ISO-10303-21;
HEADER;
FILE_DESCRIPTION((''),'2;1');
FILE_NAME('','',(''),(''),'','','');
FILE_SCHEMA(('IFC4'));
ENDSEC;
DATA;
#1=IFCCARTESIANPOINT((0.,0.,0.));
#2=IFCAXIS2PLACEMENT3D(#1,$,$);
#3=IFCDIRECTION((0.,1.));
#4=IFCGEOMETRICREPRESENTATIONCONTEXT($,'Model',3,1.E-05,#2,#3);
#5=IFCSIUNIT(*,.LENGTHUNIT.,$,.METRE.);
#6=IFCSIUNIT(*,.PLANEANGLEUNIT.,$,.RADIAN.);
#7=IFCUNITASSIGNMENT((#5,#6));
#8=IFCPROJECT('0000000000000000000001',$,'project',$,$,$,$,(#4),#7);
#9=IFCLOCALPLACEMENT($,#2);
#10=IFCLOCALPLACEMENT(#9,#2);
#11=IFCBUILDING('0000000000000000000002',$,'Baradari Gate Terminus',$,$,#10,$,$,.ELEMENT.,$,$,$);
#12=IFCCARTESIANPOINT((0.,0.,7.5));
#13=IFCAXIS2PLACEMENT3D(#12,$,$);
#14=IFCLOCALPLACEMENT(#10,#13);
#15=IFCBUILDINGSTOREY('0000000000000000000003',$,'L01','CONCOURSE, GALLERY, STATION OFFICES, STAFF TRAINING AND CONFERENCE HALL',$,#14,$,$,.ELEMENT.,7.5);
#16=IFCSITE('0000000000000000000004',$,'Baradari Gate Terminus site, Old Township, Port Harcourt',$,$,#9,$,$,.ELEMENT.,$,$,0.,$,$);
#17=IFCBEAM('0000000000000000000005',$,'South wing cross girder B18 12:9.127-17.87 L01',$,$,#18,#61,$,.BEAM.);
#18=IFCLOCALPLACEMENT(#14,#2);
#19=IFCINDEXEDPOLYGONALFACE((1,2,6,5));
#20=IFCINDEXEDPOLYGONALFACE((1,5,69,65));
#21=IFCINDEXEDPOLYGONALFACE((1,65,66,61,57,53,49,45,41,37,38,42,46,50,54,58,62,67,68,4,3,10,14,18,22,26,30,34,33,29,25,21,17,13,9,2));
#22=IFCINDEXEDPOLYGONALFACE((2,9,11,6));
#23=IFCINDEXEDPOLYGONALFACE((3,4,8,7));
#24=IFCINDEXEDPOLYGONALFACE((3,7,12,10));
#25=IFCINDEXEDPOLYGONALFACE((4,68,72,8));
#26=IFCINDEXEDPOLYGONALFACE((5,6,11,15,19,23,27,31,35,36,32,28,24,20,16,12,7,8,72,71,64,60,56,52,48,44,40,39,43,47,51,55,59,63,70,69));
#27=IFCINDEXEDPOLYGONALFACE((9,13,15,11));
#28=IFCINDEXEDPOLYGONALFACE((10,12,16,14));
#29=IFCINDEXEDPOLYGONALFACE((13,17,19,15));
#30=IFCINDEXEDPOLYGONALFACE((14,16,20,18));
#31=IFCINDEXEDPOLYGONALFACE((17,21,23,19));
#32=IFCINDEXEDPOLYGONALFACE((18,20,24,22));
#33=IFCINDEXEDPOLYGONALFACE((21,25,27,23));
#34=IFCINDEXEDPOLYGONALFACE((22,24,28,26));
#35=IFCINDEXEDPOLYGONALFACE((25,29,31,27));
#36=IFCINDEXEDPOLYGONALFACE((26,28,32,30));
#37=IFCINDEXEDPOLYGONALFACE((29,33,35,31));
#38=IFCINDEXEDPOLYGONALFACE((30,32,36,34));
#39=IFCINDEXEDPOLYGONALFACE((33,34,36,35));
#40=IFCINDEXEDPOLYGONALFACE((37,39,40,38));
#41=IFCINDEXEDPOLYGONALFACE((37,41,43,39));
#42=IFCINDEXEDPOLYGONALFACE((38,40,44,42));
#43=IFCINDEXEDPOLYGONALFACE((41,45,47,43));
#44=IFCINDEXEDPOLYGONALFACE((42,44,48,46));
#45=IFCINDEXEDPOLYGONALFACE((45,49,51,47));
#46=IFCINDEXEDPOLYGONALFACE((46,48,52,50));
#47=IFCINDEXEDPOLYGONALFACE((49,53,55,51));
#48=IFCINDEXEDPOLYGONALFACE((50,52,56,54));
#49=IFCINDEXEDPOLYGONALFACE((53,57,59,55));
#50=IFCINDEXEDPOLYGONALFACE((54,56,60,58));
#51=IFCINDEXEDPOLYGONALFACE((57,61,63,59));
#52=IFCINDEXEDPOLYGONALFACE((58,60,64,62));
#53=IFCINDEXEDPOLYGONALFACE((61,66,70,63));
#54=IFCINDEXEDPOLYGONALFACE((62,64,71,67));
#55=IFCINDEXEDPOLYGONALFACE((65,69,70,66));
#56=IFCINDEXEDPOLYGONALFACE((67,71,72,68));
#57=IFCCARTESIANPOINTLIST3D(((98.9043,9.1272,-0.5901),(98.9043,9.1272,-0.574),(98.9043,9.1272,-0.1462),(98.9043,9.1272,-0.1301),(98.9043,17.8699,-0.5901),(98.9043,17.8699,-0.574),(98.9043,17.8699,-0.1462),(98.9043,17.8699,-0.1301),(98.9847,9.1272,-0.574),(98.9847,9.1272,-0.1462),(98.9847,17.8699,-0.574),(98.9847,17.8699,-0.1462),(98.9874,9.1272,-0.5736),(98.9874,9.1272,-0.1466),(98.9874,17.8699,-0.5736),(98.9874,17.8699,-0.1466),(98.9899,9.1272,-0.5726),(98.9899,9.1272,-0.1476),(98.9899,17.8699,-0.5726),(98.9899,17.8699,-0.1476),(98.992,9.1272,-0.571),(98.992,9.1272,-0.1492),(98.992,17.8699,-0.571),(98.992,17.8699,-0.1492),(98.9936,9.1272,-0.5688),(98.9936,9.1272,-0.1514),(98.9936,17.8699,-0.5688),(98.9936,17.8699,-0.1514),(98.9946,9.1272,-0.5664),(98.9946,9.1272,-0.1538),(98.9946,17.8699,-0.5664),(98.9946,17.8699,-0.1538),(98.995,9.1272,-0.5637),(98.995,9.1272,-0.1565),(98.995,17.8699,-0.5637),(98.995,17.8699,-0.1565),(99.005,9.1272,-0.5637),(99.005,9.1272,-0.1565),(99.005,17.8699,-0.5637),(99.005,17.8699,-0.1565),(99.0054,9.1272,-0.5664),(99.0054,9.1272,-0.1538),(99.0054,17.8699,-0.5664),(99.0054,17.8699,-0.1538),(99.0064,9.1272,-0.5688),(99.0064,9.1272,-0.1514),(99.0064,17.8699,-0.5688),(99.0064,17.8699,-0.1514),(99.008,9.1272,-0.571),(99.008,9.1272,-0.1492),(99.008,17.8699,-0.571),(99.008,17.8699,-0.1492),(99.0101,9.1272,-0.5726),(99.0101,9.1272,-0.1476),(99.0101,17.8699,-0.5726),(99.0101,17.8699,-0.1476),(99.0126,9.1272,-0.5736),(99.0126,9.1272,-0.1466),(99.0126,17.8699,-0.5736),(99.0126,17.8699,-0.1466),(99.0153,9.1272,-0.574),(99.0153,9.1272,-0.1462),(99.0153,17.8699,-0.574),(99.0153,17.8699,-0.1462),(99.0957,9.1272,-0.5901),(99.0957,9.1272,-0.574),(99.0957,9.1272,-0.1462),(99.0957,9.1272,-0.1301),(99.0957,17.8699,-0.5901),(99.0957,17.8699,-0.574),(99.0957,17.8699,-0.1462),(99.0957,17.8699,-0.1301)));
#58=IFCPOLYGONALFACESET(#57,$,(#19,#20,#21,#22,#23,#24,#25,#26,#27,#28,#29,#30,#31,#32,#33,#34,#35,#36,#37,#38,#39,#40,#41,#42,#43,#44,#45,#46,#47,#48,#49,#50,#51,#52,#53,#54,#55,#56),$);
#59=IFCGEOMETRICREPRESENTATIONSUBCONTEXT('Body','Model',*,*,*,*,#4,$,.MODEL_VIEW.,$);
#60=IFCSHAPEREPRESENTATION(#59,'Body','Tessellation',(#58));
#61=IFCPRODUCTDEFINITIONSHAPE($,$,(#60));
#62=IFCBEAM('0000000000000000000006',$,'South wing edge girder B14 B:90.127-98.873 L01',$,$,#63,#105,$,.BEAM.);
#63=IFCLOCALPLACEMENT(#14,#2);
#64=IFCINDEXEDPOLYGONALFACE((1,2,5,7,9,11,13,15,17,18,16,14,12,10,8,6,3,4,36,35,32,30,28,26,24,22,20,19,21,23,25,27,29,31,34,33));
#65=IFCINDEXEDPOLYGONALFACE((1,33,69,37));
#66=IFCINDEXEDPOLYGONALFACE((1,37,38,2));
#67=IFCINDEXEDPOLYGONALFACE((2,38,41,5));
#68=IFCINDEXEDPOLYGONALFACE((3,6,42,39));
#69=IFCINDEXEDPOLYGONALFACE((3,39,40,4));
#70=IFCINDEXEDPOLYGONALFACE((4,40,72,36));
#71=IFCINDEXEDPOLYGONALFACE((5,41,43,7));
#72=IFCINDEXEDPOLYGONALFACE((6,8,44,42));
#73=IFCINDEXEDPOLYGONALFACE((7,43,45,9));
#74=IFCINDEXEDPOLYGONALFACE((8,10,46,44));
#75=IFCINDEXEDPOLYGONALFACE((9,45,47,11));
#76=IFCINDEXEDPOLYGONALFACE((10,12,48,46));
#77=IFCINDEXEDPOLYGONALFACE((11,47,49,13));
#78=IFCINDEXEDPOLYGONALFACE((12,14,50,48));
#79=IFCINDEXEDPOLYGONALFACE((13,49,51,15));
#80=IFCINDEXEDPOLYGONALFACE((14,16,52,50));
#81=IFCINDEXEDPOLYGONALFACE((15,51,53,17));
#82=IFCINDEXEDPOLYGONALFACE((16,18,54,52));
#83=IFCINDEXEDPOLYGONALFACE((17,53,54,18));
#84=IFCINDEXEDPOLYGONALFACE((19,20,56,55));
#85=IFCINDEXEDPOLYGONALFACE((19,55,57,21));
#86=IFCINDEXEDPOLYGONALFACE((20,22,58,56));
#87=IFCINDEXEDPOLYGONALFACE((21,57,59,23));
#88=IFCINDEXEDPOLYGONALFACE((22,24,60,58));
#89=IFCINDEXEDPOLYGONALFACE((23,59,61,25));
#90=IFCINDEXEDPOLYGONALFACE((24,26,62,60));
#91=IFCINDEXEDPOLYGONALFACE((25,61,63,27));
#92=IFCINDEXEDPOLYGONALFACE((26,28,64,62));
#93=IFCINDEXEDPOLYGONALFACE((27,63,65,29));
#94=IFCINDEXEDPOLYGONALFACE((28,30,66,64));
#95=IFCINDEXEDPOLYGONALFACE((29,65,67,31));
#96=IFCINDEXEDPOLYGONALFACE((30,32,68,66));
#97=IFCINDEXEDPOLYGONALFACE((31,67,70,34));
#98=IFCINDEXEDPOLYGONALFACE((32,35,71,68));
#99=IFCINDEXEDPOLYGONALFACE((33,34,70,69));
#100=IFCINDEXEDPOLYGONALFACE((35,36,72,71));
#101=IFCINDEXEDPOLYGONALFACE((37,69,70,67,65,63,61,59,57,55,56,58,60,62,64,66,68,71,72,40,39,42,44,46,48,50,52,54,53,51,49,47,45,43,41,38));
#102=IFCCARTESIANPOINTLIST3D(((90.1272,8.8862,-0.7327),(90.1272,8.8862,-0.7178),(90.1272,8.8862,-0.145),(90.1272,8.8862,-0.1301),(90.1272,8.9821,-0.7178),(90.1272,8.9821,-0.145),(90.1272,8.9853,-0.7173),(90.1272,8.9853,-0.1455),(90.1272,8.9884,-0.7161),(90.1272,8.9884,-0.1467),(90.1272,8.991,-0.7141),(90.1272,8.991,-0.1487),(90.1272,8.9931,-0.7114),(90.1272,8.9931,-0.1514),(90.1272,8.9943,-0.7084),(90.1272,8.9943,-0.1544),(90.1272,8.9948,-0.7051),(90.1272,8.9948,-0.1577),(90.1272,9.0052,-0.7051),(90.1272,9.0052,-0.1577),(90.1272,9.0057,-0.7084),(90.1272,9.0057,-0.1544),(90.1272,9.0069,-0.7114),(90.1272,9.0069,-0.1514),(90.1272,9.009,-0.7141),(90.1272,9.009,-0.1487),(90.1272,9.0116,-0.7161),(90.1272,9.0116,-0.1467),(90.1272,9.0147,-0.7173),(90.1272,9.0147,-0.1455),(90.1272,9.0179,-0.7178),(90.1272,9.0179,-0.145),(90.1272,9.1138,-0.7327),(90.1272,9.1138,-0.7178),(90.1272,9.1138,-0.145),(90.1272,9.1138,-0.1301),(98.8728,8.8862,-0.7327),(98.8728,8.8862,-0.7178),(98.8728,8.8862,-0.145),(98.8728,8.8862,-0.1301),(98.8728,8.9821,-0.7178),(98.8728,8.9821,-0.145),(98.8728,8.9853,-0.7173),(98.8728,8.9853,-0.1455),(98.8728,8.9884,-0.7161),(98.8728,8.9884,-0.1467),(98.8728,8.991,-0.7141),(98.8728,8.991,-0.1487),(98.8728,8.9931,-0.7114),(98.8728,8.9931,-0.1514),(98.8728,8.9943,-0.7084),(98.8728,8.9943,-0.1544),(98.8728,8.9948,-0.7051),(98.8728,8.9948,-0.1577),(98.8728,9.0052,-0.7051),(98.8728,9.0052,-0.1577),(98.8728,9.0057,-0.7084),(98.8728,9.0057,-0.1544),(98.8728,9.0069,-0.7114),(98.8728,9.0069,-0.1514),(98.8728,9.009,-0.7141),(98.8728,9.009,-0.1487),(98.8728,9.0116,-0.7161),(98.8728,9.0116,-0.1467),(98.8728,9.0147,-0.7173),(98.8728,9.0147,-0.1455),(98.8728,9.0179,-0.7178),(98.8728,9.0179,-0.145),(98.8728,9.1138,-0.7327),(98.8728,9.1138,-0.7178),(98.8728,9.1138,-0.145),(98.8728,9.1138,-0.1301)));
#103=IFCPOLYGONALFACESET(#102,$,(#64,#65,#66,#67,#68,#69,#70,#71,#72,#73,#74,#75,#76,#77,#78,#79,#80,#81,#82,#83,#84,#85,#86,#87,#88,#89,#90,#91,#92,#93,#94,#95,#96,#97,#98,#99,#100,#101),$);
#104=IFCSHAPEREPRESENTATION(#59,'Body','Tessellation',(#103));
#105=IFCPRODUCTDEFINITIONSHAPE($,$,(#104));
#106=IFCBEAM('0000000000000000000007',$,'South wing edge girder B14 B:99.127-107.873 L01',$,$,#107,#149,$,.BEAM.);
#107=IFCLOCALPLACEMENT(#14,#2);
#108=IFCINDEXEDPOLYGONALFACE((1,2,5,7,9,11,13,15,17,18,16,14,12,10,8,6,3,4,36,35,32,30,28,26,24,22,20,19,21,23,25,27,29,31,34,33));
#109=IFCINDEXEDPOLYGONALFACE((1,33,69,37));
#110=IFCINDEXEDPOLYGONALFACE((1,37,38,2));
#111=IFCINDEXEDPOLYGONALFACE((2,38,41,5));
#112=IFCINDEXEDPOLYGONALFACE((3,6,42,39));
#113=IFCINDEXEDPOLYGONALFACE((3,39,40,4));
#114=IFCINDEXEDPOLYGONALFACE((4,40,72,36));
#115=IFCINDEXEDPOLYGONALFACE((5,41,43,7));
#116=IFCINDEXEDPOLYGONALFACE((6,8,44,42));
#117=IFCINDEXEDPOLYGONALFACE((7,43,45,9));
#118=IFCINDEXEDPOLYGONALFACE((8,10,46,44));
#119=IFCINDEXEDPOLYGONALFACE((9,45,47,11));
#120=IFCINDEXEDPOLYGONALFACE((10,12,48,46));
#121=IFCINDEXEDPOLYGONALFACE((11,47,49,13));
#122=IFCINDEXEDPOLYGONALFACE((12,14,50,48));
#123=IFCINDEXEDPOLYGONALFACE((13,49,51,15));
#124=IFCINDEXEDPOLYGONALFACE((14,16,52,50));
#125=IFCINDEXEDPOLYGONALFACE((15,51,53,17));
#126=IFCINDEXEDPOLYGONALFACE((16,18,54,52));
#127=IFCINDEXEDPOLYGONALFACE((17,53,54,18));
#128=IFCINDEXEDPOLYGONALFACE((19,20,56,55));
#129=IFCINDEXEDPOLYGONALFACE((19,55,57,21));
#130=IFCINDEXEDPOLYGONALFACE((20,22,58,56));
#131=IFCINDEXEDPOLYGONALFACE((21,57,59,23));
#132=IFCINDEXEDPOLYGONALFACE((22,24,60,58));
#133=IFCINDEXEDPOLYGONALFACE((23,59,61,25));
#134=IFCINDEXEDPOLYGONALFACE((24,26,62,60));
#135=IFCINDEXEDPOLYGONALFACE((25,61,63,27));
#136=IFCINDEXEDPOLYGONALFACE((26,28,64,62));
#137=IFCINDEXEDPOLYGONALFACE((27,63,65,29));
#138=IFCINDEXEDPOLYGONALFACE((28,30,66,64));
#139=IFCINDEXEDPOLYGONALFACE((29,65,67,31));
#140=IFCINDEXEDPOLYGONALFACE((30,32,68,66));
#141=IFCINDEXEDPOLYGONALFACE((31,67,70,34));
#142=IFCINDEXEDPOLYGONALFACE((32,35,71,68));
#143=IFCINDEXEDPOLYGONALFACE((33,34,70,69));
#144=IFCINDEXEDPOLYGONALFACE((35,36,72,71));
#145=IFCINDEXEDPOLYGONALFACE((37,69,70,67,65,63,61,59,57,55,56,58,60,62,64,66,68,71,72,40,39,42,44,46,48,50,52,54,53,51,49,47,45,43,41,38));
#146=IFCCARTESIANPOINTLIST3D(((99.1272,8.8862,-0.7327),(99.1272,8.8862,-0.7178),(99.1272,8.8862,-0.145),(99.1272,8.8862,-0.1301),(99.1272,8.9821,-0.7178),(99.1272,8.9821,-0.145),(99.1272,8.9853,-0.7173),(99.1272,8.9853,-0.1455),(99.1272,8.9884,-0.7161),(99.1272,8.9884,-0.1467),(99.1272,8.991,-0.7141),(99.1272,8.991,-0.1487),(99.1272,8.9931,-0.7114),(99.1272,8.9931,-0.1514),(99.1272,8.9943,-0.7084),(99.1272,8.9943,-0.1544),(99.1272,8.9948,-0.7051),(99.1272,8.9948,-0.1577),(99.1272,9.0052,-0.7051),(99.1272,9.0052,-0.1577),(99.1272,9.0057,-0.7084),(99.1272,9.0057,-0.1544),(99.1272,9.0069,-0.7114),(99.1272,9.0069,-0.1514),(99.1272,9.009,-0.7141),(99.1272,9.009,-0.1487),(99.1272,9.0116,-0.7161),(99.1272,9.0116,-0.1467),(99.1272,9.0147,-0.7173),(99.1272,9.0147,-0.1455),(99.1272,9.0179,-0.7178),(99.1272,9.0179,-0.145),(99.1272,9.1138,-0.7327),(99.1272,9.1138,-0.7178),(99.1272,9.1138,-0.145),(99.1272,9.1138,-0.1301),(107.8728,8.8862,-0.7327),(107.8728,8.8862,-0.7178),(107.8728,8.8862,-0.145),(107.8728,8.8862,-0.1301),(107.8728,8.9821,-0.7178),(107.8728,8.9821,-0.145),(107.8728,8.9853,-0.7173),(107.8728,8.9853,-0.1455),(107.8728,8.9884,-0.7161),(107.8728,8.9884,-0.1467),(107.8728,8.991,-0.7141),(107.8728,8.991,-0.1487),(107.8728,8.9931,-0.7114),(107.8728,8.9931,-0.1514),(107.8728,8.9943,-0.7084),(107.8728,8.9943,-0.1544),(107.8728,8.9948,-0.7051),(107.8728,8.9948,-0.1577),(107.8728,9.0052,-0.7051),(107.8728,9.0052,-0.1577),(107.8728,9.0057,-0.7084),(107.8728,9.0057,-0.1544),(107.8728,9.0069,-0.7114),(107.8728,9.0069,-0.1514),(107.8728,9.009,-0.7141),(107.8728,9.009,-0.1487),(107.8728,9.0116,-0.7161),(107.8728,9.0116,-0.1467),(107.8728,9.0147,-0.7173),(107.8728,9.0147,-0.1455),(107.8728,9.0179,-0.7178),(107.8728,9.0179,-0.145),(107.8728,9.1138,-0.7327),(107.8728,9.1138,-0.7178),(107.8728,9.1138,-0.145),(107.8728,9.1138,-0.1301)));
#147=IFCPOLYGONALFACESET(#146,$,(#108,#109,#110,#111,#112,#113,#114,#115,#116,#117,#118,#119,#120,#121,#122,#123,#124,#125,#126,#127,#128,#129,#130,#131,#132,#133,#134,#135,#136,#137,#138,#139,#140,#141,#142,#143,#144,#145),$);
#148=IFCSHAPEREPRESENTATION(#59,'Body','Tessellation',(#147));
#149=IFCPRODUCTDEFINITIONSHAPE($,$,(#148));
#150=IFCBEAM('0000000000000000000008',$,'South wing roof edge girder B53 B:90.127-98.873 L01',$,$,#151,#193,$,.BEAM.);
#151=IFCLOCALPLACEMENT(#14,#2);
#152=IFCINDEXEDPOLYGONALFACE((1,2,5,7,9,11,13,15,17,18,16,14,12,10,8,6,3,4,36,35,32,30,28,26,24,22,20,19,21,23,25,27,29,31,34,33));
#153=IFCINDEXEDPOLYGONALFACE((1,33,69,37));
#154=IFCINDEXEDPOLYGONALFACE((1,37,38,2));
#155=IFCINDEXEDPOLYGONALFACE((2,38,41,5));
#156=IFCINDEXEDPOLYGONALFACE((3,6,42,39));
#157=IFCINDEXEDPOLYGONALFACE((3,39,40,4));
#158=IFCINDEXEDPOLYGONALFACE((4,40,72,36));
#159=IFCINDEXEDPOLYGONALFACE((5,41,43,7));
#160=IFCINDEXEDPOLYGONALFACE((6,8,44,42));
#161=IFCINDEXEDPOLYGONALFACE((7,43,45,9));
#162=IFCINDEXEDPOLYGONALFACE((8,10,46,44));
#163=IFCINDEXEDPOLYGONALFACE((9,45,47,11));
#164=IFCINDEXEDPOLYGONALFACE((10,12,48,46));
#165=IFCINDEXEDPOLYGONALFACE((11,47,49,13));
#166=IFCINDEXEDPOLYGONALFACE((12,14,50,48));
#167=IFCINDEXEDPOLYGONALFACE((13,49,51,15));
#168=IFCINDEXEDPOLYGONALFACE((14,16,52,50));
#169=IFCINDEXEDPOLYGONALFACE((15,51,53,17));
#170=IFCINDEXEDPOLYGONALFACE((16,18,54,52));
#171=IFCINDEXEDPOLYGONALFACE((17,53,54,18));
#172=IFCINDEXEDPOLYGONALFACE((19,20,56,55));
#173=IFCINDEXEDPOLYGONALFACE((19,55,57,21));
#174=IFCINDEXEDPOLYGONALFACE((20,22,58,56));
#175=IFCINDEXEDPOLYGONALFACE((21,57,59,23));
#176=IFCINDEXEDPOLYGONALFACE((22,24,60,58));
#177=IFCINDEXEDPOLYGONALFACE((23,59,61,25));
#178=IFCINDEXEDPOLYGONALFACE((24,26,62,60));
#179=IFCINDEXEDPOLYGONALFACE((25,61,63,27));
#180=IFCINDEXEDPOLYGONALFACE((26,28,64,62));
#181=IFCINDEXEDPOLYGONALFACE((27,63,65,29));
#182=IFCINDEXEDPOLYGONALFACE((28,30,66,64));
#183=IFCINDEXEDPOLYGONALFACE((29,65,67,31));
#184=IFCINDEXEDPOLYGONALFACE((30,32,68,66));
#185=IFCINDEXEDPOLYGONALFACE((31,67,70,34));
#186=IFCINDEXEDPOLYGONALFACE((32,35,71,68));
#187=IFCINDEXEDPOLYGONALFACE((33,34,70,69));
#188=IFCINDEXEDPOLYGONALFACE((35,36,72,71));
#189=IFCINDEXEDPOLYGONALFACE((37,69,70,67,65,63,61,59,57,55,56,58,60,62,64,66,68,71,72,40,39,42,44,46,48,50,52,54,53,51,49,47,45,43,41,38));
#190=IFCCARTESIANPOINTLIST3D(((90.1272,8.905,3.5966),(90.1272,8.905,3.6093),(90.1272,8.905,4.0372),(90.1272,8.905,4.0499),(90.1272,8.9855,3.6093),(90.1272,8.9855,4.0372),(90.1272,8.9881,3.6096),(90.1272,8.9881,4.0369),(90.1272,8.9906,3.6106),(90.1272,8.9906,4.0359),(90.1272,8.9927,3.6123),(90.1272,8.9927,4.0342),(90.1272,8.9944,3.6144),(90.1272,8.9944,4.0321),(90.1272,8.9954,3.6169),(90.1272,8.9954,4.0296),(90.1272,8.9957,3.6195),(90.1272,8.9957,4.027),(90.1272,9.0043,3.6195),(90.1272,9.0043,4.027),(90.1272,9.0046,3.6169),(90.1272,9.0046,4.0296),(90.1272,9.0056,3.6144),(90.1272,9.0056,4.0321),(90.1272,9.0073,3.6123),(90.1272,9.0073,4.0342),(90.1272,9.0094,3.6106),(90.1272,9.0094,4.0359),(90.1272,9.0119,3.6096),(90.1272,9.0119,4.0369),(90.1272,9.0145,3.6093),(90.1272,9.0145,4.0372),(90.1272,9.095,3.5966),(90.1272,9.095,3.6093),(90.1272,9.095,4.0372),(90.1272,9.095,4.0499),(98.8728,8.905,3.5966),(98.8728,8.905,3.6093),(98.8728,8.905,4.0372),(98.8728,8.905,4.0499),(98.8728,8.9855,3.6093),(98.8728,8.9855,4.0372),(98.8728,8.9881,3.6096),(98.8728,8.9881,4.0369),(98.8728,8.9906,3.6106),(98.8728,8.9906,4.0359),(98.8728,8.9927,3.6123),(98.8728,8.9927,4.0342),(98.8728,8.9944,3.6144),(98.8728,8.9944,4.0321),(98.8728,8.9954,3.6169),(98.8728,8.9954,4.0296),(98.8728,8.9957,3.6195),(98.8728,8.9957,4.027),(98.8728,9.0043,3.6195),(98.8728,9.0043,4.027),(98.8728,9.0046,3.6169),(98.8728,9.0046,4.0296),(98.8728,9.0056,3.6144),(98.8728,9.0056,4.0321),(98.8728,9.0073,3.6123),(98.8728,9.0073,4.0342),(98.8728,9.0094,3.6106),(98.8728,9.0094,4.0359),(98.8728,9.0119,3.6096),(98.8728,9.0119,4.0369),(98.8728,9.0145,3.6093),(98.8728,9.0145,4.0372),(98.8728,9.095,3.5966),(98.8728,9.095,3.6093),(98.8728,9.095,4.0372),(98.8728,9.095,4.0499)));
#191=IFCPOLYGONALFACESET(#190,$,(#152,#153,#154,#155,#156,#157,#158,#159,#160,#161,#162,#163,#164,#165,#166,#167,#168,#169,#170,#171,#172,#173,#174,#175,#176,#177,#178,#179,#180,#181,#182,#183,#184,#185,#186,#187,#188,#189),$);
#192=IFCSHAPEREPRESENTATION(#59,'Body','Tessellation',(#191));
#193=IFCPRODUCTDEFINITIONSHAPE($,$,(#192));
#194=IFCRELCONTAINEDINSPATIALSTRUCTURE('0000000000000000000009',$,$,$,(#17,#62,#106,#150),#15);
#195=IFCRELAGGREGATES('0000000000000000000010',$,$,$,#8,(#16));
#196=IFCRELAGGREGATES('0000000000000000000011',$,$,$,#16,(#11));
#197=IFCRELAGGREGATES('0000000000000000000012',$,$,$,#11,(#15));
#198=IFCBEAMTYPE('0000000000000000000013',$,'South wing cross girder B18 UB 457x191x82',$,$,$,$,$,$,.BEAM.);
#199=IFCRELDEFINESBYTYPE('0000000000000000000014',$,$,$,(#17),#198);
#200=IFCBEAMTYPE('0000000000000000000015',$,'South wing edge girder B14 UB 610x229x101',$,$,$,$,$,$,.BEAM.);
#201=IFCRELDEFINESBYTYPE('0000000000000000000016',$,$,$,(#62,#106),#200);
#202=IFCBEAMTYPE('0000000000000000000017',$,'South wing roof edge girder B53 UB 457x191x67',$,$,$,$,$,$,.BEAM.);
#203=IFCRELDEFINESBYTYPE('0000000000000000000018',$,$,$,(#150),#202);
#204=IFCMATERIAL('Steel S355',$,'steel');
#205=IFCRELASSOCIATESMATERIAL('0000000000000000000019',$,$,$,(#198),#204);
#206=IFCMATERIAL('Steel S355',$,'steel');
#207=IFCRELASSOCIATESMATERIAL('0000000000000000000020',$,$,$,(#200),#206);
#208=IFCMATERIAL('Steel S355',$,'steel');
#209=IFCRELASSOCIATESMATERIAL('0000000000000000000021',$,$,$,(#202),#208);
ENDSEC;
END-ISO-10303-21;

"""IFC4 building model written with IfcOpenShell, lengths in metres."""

from ifc_helpers import new_model, si_unit, direction, frame, origin, origin_2d, place, context, subcontext, project, spatial, i_section, extrude, material, material_profile, profile_set, type_object, element, save


model = new_model("IFC4")

# Units and contexts
model_context = context("Model", 3, precision=1e-05, world=origin(), true_north=direction((0.0, 1.0)))
body_context = subcontext(model_context, "Body", "Model", "MODEL_VIEW")
ifc_project = project(units=[si_unit("LENGTHUNIT", "METRE"), si_unit("PLANEANGLEUNIT", "RADIAN")], contexts=[model_context])

# Site, building, storey
site_placement = place(None, origin())
site = spatial("IfcSite", under=ifc_project, at=site_placement, Name="Baradari Gate Terminus site, Old Township, Port Harcourt", CompositionType="ELEMENT", RefElevation=0.0)
building_placement = place(site_placement, origin())
building = spatial("IfcBuilding", under=site, at=building_placement, Name="Baradari Gate Terminus", CompositionType="ELEMENT")
storey_placement = place(building_placement, frame((0.0, 0.0, 7.5)))
storey = spatial("IfcBuildingStorey", under=building, at=storey_placement, Name="L01", Description="CONCOURSE, GALLERY, STATION OFFICES, STAFF TRAINING AND CONFERENCE HALL", CompositionType="ELEMENT", Elevation=7.5)

# Beams
ifc_material_1 = material(Name="Steel S355", Category="steel")
ifc_material_profile_1 = material_profile(ifc_material_1, i_section(OverallWidth=0.1914, OverallDepth=0.46, WebThickness=0.01, FlangeThickness=0.0161, FilletRadius=0.0103, at=origin_2d()), Name="UB 457x191x82")
ifc_profile_set_1 = profile_set([ifc_material_profile_1], Name="Steel S355")
beam_type_1 = type_object("IfcBeamType", Name="South wing cross girder B18 UB 457x191x82", PredefinedType="BEAM", material=ifc_profile_set_1)
for number, where, z_axis, x_axis, name in (
    (1, (99.0, 9.1272, -0.3601), (0.0, 1.0, 0.0), (-1.0, 0.0, 0.0), "South wing cross girder B18 12:9.127-17.87 L01"),
):
    element("IfcBeam", number, at=place(storey_placement, frame(where, z_axis=z_axis, x_axis=x_axis)), inside=storey, type_object=beam_type_1, Name=name, PredefinedType="BEAM", context=body_context, shape_type="SweptSolid", body=[
        extrude(i_section(OverallWidth=0.1914, OverallDepth=0.46, WebThickness=0.01, FlangeThickness=0.0161, FilletRadius=0.0103, at=origin_2d()), origin(), (0.0, 0.0, 1.0), 8.7427),
    ])
ifc_material_2 = material(Name="Steel S355", Category="steel")
ifc_material_profile_2 = material_profile(ifc_material_2, i_section(OverallWidth=0.2275, OverallDepth=0.6025, WebThickness=0.0105, FlangeThickness=0.0149, FilletRadius=0.0127, at=origin_2d()), Name="UB 610x229x101")
ifc_profile_set_2 = profile_set([ifc_material_profile_2], Name="Steel S355")
beam_type_2 = type_object("IfcBeamType", Name="South wing edge girder B14 UB 610x229x101", PredefinedType="BEAM", material=ifc_profile_set_2)
for number, where, z_axis, x_axis, name in (
    (2, (90.1272, 9.0, -0.4314), (1.0, 0.0, 0.0), (0.0, 1.0, 0.0), "South wing edge girder B14 B:90.127-98.873 L01"),
    (3, (99.1272, 9.0, -0.4314), (1.0, 0.0, 0.0), (0.0, 1.0, 0.0), "South wing edge girder B14 B:99.127-107.873 L01"),
):
    element("IfcBeam", number, at=place(storey_placement, frame(where, z_axis=z_axis, x_axis=x_axis)), inside=storey, type_object=beam_type_2, Name=name, PredefinedType="BEAM", context=body_context, shape_type="SweptSolid", body=[
        extrude(i_section(OverallWidth=0.2275, OverallDepth=0.6025, WebThickness=0.0105, FlangeThickness=0.0149, FilletRadius=0.0127, at=origin_2d()), origin(), (0.0, 0.0, 1.0), 8.7456),
    ])
ifc_material_3 = material(Name="Steel S355", Category="steel")
ifc_material_profile_3 = material_profile(ifc_material_3, i_section(OverallWidth=0.1899, OverallDepth=0.4534, WebThickness=0.0085, FlangeThickness=0.0127, FilletRadius=0.0103, at=origin_2d()), Name="UB 457x191x67")
ifc_profile_set_3 = profile_set([ifc_material_profile_3], Name="Steel S355")
beam_type_3 = type_object("IfcBeamType", Name="South wing roof edge girder B53 UB 457x191x67", PredefinedType="BEAM", material=ifc_profile_set_3)
for number, where, z_axis, x_axis, name in (
    (4, (90.1272, 9.0, 3.8232), (1.0, 0.0, 0.0), (0.0, 1.0, 0.0), "South wing roof edge girder B53 B:90.127-98.873 L01"),
):
    element("IfcBeam", number, at=place(storey_placement, frame(where, z_axis=z_axis, x_axis=x_axis)), inside=storey, type_object=beam_type_3, Name=name, PredefinedType="BEAM", context=body_context, shape_type="SweptSolid", body=[
        extrude(i_section(OverallWidth=0.1899, OverallDepth=0.4534, WebThickness=0.0085, FlangeThickness=0.0127, FilletRadius=0.0103, at=origin_2d()), origin(), (0.0, 0.0, 1.0), 8.7456),
    ])

save(model, "model.ifc")
